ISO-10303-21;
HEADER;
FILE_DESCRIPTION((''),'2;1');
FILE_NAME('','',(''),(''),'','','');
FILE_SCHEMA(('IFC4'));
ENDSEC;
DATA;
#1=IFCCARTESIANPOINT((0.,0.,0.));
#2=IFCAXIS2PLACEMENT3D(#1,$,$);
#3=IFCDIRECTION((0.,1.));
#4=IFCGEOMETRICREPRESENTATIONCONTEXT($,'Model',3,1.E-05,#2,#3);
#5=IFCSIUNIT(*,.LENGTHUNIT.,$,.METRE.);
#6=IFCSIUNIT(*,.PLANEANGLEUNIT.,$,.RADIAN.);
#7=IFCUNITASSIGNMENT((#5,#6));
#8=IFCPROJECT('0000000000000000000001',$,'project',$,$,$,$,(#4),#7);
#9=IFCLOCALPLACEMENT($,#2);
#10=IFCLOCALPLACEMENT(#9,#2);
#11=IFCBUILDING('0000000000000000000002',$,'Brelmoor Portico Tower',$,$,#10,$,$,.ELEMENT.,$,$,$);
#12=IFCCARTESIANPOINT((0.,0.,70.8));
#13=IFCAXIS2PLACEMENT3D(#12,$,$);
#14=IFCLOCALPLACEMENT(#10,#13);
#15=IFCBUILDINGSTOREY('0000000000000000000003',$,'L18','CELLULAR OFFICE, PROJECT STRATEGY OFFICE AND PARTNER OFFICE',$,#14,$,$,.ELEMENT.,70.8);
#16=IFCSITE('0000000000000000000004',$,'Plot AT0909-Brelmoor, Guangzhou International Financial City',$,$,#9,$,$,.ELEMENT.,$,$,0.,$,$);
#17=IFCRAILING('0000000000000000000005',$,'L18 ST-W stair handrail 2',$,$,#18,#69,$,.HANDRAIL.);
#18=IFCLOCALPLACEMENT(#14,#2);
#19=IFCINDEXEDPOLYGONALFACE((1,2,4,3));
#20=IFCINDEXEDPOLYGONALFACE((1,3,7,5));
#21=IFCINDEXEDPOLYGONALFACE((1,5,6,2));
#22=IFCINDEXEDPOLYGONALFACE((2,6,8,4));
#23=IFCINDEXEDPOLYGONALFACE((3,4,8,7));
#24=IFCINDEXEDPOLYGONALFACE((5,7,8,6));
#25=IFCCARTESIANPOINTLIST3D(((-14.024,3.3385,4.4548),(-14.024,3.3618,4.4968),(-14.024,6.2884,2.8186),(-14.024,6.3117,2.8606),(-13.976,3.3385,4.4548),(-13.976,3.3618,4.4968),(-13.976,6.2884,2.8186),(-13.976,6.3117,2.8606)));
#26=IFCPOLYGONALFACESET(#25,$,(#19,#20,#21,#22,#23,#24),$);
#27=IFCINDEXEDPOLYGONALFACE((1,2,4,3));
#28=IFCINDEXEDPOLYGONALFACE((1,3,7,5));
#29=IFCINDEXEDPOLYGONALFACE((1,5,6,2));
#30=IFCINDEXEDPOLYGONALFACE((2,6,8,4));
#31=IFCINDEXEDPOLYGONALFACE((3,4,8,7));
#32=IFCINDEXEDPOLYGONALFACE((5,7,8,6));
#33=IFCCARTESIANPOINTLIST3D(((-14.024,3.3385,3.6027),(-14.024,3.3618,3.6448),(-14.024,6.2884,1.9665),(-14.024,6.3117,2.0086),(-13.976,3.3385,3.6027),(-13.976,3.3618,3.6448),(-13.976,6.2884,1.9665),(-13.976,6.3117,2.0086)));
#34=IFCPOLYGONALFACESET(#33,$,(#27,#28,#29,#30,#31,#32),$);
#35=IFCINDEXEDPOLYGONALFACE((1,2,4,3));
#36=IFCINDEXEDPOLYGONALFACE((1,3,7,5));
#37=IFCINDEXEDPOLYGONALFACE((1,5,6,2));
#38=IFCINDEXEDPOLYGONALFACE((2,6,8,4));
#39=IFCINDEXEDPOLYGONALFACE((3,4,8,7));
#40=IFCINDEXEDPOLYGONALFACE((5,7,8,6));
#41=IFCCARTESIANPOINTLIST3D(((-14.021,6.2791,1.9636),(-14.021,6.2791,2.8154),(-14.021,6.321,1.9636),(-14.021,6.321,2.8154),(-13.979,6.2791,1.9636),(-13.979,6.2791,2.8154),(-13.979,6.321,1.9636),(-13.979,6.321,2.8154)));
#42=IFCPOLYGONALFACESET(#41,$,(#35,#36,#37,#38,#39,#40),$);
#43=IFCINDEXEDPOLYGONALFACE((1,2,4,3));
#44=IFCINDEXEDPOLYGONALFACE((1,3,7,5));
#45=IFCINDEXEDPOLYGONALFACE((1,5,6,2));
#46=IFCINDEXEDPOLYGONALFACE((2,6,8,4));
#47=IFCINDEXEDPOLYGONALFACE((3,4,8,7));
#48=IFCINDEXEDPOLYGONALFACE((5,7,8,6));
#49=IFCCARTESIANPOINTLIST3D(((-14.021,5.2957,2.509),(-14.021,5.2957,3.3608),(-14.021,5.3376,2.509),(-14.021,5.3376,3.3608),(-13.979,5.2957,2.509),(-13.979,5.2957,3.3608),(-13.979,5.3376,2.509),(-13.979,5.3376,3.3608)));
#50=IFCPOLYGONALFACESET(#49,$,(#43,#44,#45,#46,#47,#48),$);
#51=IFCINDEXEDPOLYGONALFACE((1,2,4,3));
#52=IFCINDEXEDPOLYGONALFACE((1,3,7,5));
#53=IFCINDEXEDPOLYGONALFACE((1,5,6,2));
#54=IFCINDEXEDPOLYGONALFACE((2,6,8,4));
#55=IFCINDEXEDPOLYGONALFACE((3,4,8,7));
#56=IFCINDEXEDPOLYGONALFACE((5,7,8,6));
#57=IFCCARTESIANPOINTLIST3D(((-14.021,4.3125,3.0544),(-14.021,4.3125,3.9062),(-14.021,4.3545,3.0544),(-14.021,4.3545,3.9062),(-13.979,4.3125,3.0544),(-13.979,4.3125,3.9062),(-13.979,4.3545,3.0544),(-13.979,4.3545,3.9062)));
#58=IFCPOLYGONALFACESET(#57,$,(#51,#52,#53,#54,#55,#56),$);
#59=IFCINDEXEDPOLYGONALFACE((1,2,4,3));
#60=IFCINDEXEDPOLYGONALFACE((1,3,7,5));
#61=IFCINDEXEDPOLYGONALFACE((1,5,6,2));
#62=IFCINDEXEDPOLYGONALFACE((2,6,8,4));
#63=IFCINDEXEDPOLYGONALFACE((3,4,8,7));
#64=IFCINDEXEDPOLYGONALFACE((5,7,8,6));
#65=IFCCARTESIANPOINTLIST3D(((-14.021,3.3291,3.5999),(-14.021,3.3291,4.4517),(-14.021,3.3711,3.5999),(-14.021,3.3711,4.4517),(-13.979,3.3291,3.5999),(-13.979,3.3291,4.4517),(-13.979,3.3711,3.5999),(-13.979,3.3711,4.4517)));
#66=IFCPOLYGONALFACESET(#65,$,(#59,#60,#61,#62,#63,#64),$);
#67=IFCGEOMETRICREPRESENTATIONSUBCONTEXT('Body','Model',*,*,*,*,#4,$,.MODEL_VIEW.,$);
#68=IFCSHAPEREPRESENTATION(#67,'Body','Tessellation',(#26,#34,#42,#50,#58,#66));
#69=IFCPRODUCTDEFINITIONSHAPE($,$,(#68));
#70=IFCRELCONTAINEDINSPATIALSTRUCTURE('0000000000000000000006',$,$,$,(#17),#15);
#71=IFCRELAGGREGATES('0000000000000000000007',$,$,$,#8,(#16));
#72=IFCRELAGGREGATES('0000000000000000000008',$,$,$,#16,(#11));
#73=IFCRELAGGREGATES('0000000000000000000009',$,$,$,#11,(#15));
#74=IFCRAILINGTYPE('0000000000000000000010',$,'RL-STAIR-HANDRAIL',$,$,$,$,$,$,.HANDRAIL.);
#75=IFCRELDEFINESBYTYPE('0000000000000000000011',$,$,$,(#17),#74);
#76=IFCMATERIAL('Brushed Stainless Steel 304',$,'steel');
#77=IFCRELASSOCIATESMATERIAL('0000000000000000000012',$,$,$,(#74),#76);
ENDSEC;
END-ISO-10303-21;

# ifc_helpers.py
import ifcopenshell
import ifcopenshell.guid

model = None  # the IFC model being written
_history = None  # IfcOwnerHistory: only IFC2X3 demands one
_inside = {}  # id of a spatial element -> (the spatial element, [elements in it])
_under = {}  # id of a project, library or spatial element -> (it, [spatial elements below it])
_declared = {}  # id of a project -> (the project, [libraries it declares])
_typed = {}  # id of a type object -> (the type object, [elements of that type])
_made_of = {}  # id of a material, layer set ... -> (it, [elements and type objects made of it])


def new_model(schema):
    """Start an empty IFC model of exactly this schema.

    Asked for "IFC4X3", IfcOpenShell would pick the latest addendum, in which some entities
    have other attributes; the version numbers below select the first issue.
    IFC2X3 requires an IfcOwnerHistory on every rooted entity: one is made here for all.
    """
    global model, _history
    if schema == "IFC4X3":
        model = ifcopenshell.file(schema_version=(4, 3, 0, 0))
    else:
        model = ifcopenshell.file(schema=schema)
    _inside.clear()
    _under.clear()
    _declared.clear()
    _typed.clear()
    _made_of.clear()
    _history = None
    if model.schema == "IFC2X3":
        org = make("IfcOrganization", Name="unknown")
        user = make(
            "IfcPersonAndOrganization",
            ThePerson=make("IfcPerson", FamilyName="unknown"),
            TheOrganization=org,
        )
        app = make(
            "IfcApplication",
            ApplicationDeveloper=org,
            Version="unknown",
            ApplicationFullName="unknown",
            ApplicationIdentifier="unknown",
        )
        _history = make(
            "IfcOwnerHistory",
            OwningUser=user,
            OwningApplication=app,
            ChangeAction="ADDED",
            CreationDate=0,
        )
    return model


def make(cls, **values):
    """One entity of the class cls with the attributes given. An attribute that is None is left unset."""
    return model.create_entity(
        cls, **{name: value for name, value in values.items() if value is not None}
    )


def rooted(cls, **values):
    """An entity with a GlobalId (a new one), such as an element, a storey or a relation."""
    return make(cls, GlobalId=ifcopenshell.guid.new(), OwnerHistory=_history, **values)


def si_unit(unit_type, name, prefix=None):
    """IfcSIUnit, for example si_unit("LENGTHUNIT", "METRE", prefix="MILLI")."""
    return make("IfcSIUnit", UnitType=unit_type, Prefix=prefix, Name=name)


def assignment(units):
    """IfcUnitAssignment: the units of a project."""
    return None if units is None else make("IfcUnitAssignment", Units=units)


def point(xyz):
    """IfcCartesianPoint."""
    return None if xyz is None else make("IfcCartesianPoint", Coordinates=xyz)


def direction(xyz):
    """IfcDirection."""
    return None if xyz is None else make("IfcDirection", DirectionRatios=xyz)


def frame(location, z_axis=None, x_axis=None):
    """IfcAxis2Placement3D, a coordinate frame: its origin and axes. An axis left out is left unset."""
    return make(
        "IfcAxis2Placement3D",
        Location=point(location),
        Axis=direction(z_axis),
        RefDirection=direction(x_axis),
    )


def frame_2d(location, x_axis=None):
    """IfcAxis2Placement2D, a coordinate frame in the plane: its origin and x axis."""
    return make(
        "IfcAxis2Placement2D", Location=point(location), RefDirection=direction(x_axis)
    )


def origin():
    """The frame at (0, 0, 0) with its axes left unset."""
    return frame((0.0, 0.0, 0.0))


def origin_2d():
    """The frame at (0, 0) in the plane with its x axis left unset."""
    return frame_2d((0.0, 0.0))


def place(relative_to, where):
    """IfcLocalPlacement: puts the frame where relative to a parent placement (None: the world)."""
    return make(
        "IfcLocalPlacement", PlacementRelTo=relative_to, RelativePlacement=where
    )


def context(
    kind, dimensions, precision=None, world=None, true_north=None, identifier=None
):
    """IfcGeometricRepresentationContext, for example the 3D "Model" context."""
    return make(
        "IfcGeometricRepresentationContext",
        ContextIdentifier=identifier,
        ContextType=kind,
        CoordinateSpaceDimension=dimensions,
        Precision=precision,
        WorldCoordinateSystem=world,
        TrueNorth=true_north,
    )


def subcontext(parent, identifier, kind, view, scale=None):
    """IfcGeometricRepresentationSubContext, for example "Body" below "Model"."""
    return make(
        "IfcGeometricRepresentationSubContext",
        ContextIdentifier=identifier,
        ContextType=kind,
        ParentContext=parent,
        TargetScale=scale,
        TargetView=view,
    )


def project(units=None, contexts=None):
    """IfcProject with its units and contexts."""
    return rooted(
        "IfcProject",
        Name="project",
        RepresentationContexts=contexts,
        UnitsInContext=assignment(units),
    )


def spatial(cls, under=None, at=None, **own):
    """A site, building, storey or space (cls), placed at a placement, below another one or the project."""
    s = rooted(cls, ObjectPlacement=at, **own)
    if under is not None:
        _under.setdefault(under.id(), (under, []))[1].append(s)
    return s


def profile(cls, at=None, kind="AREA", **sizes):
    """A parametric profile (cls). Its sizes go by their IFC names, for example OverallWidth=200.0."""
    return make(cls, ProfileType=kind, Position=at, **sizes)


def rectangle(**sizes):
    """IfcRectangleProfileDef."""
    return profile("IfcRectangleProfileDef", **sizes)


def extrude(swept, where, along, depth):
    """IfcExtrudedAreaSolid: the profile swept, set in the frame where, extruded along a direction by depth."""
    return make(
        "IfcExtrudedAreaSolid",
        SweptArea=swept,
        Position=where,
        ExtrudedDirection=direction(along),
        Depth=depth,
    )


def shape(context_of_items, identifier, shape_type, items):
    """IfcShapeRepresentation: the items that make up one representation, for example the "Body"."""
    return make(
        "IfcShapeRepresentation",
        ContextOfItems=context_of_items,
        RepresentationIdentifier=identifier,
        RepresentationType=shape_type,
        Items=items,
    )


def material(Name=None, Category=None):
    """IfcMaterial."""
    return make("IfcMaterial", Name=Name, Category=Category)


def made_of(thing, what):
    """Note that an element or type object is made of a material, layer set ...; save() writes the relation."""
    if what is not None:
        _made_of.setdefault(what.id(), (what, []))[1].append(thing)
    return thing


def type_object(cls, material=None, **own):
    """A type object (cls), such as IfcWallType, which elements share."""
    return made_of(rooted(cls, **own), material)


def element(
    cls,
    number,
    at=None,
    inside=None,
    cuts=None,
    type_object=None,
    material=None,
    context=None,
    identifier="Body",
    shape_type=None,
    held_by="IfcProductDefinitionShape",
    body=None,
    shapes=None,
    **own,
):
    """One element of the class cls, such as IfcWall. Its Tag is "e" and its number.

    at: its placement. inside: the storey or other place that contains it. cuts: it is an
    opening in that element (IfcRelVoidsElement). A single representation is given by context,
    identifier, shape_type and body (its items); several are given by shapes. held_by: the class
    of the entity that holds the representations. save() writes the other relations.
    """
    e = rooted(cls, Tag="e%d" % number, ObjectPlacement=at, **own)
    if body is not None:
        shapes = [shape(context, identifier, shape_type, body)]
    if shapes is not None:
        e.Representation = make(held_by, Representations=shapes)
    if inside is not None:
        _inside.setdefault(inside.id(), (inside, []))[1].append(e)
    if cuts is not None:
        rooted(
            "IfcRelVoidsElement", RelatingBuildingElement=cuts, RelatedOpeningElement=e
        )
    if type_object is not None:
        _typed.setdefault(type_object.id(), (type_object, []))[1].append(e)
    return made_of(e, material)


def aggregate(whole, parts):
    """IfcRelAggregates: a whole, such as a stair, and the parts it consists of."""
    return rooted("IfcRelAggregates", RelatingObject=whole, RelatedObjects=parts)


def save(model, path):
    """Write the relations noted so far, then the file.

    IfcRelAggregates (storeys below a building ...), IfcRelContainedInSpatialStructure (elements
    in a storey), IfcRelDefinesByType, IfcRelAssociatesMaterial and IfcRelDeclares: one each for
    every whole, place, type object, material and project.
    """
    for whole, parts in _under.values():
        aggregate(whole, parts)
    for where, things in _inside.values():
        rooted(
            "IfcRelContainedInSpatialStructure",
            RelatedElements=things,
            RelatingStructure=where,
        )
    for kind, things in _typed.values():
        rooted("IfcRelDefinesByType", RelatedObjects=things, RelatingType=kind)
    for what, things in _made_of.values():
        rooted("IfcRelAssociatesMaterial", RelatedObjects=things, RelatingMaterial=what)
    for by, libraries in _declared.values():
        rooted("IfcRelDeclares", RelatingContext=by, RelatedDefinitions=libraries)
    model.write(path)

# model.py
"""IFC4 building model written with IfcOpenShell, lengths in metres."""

from ifc_helpers import new_model, si_unit, direction, frame, origin, origin_2d, place, context, subcontext, project, spatial, rectangle, extrude, material, type_object, element, save


model = new_model("IFC4")

# Units and contexts
model_context = context("Model", 3, precision=1e-05, world=origin(), true_north=direction((0.0, 1.0)))
body_context = subcontext(model_context, "Body", "Model", "MODEL_VIEW")
ifc_project = project(units=[si_unit("LENGTHUNIT", "METRE"), si_unit("PLANEANGLEUNIT", "RADIAN")], contexts=[model_context])

# Site, building, storey
site_placement = place(None, origin())
site = spatial("IfcSite", under=ifc_project, at=site_placement, Name="Plot AT0909-Brelmoor, Guangzhou International Financial City", CompositionType="ELEMENT", RefElevation=0.0)
building_placement = place(site_placement, origin())
building = spatial("IfcBuilding", under=site, at=building_placement, Name="Brelmoor Portico Tower", CompositionType="ELEMENT")
storey_placement = place(building_placement, frame((0.0, 0.0, 70.8)))
storey = spatial("IfcBuildingStorey", under=building, at=storey_placement, Name="L18", Description="CELLULAR OFFICE, PROJECT STRATEGY OFFICE AND PARTNER OFFICE", CompositionType="ELEMENT", Elevation=70.8)

# Railing
ifc_material_1 = material(Name="Brushed Stainless Steel 304", Category="steel")
railing_type_1 = type_object("IfcRailingType", Name="RL-STAIR-HANDRAIL", PredefinedType="HANDRAIL", material=ifc_material_1)
railing_1_placement = place(storey_placement, frame((-14.0, 6.3, 1.9636)))
element("IfcRailing", 1, at=railing_1_placement, inside=storey, type_object=railing_type_1, Name="L18 ST-W stair handrail 2", PredefinedType="HANDRAIL", context=body_context, shape_type="SweptSolid", body=[
    extrude(rectangle(XDim=0.0481, YDim=0.0481, at=origin_2d()), frame((0.0, 0.0, 0.876), z_axis=(0.0, -0.874488, 0.485047), x_axis=(1.0, 0.0, 0.0)), (0.0, 0.0, 1.0), 3.3733),
    extrude(rectangle(XDim=0.0481, YDim=0.0481, at=origin_2d()), frame((0.0, 0.0, 0.0239), z_axis=(0.0, -0.874488, 0.485047), x_axis=(1.0, 0.0, 0.0)), (0.0, 0.0, 1.0), 3.3733),
    extrude(rectangle(XDim=0.042, YDim=0.042, at=origin_2d()), origin(), (0.0, 0.0, 1.0), 0.8518),
    extrude(rectangle(XDim=0.042, YDim=0.042, at=origin_2d()), frame((0.0, -0.9834, 0.5454)), (0.0, 0.0, 1.0), 0.8518),
    extrude(rectangle(XDim=0.042, YDim=0.042, at=origin_2d()), frame((0.0, -1.9666, 1.0908)), (0.0, 0.0, 1.0), 0.8518),
    extrude(rectangle(XDim=0.042, YDim=0.042, at=origin_2d()), frame((0.0, -2.95, 1.6362)), (0.0, 0.0, 1.0), 0.8518),
])

save(model, "model.ifc")
